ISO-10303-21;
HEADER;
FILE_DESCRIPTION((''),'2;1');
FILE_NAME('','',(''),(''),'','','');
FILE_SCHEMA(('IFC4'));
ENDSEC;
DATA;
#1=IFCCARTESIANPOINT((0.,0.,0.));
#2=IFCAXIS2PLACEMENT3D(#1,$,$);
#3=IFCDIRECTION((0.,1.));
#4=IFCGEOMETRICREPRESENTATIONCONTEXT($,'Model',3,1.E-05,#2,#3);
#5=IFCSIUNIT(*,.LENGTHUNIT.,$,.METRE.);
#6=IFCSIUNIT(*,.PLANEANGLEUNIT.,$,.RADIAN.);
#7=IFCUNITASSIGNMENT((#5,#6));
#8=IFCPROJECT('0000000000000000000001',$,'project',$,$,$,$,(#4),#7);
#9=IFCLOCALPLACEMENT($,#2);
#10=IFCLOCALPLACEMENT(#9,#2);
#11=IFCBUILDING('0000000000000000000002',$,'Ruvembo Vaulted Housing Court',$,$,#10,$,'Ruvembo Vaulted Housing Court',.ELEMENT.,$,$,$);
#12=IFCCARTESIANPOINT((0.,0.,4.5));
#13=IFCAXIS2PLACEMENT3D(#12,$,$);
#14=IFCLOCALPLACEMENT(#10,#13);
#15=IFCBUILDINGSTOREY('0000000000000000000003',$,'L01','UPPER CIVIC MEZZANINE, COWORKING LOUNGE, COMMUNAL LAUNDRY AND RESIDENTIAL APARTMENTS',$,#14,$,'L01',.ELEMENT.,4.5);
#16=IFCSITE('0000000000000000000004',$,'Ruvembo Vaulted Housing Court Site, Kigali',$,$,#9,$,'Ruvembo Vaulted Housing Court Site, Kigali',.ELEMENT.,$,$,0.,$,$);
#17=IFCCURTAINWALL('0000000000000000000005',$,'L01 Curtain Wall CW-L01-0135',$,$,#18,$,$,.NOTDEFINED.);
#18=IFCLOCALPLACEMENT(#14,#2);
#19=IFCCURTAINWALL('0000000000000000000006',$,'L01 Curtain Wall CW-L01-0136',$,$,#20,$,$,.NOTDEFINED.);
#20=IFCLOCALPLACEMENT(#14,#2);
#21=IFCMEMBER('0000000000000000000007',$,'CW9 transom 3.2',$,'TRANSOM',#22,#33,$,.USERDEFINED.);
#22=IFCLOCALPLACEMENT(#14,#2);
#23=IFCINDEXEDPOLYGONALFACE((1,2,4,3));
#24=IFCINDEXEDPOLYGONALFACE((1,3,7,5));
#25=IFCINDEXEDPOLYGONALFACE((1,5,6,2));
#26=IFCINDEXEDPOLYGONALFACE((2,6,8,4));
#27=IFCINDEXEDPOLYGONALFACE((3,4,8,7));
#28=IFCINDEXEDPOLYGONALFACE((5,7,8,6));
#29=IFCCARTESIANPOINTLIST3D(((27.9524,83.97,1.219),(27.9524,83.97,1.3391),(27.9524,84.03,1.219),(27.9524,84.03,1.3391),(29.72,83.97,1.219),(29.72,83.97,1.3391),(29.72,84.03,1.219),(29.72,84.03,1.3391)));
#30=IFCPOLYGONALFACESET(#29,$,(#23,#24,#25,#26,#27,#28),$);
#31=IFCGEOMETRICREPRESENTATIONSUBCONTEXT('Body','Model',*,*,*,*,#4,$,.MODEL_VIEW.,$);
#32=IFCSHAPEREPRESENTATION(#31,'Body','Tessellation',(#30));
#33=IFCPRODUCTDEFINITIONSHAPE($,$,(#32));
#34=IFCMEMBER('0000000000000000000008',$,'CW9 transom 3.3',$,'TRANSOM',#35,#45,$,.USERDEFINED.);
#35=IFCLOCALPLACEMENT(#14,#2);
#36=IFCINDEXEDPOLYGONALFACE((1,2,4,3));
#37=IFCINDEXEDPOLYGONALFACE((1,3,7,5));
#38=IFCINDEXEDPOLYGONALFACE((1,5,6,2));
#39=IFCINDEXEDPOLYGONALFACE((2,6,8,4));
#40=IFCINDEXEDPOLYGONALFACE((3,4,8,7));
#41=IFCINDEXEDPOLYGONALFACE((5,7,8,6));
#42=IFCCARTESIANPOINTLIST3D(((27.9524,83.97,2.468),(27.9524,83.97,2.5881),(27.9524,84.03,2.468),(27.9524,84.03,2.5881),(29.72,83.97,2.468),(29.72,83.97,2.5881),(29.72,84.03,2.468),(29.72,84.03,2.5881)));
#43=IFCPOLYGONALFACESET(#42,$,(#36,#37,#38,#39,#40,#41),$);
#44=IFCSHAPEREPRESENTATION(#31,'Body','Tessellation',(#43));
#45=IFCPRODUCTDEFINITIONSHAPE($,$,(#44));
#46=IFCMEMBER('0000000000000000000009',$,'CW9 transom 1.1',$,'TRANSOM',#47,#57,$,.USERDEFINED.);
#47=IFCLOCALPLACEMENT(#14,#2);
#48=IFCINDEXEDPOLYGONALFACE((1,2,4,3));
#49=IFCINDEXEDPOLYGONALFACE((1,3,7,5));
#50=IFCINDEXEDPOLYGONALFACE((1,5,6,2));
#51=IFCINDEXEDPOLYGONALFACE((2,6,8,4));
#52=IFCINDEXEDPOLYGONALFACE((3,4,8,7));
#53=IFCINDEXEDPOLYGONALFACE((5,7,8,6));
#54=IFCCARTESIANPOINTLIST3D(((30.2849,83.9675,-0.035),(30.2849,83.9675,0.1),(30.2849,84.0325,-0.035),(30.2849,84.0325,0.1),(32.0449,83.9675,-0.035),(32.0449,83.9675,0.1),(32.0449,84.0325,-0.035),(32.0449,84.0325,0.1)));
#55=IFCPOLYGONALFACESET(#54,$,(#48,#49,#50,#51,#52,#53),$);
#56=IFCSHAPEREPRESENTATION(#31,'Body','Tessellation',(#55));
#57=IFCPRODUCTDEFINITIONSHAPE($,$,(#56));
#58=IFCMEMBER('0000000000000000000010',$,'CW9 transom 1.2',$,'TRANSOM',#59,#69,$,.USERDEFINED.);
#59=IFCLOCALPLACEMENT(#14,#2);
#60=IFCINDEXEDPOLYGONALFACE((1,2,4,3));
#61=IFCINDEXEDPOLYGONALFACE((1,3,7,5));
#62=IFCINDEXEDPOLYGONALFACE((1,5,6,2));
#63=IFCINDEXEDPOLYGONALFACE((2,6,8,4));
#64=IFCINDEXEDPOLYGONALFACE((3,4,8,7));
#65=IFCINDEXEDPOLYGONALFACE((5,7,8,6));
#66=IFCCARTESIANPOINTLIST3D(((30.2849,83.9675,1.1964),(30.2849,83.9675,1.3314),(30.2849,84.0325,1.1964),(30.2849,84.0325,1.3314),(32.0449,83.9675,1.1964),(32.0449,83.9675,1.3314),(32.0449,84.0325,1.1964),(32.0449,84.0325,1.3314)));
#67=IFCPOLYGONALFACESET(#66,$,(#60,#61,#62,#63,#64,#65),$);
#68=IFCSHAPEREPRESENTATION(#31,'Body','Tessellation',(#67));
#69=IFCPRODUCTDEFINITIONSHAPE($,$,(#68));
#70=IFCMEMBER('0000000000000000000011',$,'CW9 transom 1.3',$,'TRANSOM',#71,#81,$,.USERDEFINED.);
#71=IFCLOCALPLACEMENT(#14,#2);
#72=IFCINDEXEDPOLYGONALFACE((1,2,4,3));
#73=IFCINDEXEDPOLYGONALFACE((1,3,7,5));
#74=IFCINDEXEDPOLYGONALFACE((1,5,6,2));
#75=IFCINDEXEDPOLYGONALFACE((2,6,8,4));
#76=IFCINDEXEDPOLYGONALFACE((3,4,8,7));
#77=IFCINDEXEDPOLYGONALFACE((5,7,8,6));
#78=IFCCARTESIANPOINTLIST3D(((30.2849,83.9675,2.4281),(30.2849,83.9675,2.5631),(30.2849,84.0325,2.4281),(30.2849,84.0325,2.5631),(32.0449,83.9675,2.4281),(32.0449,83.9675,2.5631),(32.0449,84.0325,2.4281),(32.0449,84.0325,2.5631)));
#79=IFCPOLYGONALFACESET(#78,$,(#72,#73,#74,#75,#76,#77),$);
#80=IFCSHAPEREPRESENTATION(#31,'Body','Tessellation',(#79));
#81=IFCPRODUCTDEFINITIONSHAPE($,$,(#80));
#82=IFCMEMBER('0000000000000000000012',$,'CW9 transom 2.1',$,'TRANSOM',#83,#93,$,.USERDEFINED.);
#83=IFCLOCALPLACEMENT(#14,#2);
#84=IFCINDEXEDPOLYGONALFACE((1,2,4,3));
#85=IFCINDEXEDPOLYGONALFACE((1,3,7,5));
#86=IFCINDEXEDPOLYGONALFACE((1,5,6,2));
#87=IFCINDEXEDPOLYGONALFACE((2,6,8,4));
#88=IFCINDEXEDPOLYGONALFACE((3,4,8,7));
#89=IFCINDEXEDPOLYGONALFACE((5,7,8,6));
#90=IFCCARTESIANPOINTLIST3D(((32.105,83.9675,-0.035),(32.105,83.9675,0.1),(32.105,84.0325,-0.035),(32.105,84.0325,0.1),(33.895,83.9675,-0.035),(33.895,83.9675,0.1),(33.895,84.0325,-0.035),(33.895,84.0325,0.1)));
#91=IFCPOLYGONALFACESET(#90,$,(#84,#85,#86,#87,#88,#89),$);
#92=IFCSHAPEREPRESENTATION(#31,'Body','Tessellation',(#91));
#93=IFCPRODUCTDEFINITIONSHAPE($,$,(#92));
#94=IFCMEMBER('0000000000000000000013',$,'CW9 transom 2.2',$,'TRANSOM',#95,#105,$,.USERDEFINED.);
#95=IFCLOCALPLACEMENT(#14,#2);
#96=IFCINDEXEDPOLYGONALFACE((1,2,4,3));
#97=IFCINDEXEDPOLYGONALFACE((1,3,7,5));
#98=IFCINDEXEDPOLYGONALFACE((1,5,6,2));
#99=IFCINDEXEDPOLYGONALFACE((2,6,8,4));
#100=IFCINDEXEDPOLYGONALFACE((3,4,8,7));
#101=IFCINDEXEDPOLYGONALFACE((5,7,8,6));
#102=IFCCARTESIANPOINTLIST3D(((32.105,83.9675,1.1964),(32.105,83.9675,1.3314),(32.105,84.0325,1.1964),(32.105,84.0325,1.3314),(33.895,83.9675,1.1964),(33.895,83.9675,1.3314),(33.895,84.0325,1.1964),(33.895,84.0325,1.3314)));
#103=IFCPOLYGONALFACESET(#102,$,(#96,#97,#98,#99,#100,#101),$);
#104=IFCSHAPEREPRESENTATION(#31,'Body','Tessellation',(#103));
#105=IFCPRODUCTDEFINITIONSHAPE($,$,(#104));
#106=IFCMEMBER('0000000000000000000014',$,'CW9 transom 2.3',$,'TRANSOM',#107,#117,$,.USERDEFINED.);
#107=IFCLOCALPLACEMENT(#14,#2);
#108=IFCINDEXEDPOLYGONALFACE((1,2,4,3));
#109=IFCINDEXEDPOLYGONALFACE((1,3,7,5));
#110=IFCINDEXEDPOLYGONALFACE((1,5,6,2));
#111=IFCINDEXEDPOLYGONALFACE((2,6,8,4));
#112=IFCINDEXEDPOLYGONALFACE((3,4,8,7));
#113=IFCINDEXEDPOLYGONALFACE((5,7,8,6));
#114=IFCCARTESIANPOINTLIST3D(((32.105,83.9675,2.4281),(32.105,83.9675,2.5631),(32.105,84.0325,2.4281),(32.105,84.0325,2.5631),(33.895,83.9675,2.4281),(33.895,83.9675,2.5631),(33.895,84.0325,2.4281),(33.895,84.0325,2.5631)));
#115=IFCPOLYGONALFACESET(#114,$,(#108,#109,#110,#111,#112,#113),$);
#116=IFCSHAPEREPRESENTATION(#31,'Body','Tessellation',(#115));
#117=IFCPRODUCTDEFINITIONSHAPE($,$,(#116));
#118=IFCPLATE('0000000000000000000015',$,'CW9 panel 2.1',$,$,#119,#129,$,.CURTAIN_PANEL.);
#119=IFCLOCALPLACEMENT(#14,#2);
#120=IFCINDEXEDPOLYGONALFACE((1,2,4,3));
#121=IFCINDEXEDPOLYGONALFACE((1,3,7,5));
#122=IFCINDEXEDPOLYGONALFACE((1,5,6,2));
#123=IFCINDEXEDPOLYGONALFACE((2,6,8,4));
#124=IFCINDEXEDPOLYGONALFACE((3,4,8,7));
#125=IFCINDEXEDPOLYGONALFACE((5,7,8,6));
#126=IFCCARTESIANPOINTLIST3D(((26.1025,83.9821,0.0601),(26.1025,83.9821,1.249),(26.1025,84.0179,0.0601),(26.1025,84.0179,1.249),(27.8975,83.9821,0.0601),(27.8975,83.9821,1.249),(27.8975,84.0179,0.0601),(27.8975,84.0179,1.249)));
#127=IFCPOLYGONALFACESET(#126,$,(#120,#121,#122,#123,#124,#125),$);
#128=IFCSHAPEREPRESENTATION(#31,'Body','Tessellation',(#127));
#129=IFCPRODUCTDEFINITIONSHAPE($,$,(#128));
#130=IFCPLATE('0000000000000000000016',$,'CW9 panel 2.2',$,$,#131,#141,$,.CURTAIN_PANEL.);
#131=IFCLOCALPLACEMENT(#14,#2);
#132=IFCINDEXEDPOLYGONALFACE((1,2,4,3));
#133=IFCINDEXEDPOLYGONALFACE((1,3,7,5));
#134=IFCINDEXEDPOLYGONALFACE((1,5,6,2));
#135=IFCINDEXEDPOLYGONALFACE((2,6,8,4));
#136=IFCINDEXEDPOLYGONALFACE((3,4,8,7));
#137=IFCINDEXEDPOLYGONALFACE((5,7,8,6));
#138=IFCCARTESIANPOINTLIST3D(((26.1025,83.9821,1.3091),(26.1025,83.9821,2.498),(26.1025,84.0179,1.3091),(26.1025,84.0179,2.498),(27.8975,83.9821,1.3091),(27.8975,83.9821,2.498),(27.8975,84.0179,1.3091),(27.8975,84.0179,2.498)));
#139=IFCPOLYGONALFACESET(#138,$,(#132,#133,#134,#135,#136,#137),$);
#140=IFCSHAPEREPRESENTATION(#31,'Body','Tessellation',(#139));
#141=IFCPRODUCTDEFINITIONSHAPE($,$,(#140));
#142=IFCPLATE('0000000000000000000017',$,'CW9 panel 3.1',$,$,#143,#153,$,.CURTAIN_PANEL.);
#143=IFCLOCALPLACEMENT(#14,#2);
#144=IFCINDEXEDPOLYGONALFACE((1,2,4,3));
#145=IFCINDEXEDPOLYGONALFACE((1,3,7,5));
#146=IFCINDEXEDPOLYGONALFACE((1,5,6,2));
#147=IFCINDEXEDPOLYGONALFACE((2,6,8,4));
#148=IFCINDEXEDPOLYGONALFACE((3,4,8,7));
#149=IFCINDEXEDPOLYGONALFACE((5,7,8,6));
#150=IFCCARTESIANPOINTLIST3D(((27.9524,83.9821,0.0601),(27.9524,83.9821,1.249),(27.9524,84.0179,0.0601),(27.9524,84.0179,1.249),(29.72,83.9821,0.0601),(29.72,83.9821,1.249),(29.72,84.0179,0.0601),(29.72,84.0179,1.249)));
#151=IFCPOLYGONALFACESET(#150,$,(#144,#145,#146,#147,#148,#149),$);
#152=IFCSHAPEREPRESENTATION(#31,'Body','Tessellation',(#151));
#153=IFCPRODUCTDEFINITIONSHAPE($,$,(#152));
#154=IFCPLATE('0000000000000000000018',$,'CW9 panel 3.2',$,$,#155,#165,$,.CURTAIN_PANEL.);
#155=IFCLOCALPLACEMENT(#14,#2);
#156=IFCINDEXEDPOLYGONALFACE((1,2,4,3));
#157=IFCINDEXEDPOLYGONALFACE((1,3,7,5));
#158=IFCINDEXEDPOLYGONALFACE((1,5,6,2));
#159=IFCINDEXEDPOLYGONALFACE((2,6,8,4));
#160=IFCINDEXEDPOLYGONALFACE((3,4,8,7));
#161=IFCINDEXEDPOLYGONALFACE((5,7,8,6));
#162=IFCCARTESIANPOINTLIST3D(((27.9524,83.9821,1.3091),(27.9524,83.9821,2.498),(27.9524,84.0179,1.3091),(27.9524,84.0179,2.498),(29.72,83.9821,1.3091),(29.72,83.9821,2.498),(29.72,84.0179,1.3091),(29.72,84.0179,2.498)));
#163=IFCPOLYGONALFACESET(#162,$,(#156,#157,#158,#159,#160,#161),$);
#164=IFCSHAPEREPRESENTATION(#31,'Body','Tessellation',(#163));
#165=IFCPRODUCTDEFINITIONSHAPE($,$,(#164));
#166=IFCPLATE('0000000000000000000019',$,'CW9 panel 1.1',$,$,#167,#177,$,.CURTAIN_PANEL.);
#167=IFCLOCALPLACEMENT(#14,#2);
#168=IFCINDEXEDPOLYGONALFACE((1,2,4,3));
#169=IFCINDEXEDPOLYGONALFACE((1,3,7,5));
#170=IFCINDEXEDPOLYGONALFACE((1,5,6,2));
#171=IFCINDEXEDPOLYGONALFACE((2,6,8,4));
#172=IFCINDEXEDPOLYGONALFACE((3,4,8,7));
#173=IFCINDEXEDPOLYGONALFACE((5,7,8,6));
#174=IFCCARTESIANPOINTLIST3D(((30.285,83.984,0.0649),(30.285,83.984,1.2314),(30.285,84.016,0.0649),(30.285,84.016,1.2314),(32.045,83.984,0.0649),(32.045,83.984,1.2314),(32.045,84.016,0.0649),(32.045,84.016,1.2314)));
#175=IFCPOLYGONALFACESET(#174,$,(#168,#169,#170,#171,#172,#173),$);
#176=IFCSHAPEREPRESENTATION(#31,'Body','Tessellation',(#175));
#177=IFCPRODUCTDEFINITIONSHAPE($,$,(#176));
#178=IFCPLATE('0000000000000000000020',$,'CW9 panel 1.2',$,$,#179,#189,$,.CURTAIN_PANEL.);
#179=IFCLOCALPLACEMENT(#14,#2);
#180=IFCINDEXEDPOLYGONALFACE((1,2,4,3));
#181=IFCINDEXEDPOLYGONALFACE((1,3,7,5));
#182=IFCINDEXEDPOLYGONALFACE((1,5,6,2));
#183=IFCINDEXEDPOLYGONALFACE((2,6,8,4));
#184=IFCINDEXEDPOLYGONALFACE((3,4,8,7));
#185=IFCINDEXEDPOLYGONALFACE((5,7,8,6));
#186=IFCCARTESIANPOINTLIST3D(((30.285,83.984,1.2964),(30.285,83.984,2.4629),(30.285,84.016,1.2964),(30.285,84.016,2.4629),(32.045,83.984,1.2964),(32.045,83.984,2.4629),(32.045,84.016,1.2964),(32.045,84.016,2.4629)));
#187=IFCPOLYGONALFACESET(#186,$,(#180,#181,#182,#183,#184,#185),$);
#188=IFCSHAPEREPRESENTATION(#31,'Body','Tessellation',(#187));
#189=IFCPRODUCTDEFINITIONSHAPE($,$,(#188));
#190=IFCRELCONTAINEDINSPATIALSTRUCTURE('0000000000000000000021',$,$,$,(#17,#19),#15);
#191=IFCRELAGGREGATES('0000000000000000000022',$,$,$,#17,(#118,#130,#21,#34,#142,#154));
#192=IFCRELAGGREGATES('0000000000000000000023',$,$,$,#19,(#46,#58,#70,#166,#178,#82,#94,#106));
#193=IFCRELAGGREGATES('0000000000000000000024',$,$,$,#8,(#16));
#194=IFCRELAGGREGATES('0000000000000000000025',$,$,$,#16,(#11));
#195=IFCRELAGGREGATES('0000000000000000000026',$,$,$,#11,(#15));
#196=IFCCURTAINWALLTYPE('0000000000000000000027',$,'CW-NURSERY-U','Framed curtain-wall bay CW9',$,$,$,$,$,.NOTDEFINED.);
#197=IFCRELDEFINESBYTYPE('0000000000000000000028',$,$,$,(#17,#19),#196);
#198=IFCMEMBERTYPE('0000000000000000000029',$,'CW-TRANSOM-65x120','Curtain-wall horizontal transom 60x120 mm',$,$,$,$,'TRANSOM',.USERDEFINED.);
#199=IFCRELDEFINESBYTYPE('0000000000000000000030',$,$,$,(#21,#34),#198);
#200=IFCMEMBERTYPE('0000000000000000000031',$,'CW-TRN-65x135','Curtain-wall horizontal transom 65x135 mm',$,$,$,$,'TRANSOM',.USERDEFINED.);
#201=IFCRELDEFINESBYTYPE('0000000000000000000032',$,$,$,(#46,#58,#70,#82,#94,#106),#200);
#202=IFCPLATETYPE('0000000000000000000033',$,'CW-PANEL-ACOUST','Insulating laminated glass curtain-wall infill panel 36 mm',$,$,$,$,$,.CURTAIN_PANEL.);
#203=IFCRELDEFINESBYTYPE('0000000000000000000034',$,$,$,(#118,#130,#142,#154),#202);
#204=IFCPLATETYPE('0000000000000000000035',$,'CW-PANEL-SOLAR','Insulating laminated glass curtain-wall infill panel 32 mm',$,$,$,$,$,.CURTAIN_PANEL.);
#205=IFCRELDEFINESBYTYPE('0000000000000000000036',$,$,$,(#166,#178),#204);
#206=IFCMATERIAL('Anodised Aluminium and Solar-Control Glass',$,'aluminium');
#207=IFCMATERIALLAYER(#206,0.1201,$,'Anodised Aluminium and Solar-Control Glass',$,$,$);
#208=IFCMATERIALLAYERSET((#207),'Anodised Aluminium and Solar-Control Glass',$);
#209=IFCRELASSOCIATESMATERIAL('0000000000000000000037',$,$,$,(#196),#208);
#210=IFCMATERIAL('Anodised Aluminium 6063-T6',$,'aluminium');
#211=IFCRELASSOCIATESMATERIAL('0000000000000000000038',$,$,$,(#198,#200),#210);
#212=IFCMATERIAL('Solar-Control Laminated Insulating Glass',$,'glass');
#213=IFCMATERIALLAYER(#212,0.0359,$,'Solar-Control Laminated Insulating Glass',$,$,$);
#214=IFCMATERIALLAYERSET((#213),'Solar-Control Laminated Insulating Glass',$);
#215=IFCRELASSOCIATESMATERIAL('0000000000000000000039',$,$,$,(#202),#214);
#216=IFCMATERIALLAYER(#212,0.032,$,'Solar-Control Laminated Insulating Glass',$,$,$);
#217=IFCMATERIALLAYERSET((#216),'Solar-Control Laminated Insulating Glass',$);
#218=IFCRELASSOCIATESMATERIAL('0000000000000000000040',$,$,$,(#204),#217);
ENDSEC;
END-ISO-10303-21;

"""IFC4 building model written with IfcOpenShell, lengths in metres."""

from ifc_helpers import new_model, si_unit, direction, frame, origin, origin_2d, place, context, subcontext, project, spatial, rectangle, extrude, material, layer, layer_set, material_profile, profile_set, type_object, element, aggregate, save


model = new_model("IFC4")

# Units and contexts
model_context = context("Model", 3, precision=1e-05, world=origin(), true_north=direction((0.0, 1.0)))
body_context = subcontext(model_context, "Body", "Model", "MODEL_VIEW")
ifc_project = project(units=[si_unit("LENGTHUNIT", "METRE"), si_unit("PLANEANGLEUNIT", "RADIAN")], contexts=[model_context])

# Site, building, storey
site_placement = place(None, origin())
site = spatial("IfcSite", under=ifc_project, at=site_placement, Name="Ruvembo Vaulted Housing Court Site, Kigali", LongName="Ruvembo Vaulted Housing Court Site, Kigali", CompositionType="ELEMENT", RefElevation=0.0)
building_placement = place(site_placement, origin())
building = spatial("IfcBuilding", under=site, at=building_placement, Name="Ruvembo Vaulted Housing Court", LongName="Ruvembo Vaulted Housing Court", CompositionType="ELEMENT")
storey_placement = place(building_placement, frame((0.0, 0.0, 4.5)))
storey = spatial("IfcBuildingStorey", under=building, at=storey_placement, Name="L01", Description="UPPER CIVIC MEZZANINE, COWORKING LOUNGE, COMMUNAL LAUNDRY AND RESIDENTIAL APARTMENTS", LongName="L01", CompositionType="ELEMENT", Elevation=4.5)

# Curtain walls
ifc_material_1 = material(Name="Anodised Aluminium and Solar-Control Glass", Category="aluminium")
ifc_layer_1 = layer(ifc_material_1, 0.1201, Name="Anodised Aluminium and Solar-Control Glass")
ifc_layer_set_1 = layer_set([ifc_layer_1], Name="Anodised Aluminium and Solar-Control Glass")
curtain_wall_type = type_object("IfcCurtainWallType", Name="CW-NURSERY-U", Description="Framed curtain-wall bay CW9", PredefinedType="NOTDEFINED", material=ifc_layer_set_1)
curtain_wall_1_placement = place(storey_placement, origin())
curtain_wall_1 = element("IfcCurtainWall", 1, at=curtain_wall_1_placement, inside=storey, type_object=curtain_wall_type, Name="L01 Curtain Wall CW-L01-0135", PredefinedType="NOTDEFINED")
ifc_material_2 = material(Name="Anodised Aluminium 6063-T6", Category="aluminium")
curtain_wall_2_placement = place(storey_placement, origin())
curtain_wall_2 = element("IfcCurtainWall", 2, at=curtain_wall_2_placement, inside=storey, type_object=curtain_wall_type, Name="L01 Curtain Wall CW-L01-0136", PredefinedType="NOTDEFINED")

# Members
ifc_material_profile_1 = material_profile(ifc_material_2, rectangle(XDim=0.0601, YDim=0.1201, at=origin_2d()), Name="ALU 60x120")
ifc_profile_set_1 = profile_set([ifc_material_profile_1], Name="Anodised Aluminium 6063-T6")
member_type_1 = type_object("IfcMemberType", Name="CW-TRANSOM-65x120", Description="Curtain-wall horizontal transom 60x120 mm", ElementType="TRANSOM", PredefinedType="USERDEFINED", material=ifc_profile_set_1)
member_1_placement = place(storey_placement, frame((27.9524, 84.0, 1.2791), z_axis=(1.0, 0.0, 0.0), x_axis=(0.0, 1.0, 0.0)))
member_1 = element("IfcMember", 3, at=member_1_placement, type_object=member_type_1, Name="CW9 transom 3.2", ObjectType="TRANSOM", PredefinedType="USERDEFINED", context=body_context, shape_type="SweptSolid", body=[
    extrude(rectangle(XDim=0.0601, YDim=0.1201, at=origin_2d()), origin(), (0.0, 0.0, 1.0), 1.7676),
])
member_2_placement = place(storey_placement, frame((27.9524, 84.0, 2.5281), z_axis=(1.0, 0.0, 0.0), x_axis=(0.0, 1.0, 0.0)))
member_2 = element("IfcMember", 4, at=member_2_placement, type_object=member_type_1, Name="CW9 transom 3.3", ObjectType="TRANSOM", PredefinedType="USERDEFINED", context=body_context, shape_type="SweptSolid", body=[
    extrude(rectangle(XDim=0.0601, YDim=0.1201, at=origin_2d()), origin(), (0.0, 0.0, 1.0), 1.7676),
])
ifc_material_profile_2 = material_profile(ifc_material_2, rectangle(XDim=0.0649, YDim=0.135, at=origin_2d()), Name="ALU 65x135")
ifc_profile_set_2 = profile_set([ifc_material_profile_2], Name="Anodised Aluminium 6063-T6")
member_type_2 = type_object("IfcMemberType", Name="CW-TRN-65x135", Description="Curtain-wall horizontal transom 65x135 mm", ElementType="TRANSOM", PredefinedType="USERDEFINED", material=ifc_profile_set_2)
member_3_placement = place(storey_placement, frame((30.2849, 84.0, 0.0325), z_axis=(1.0, 0.0, 0.0), x_axis=(0.0, 1.0, 0.0)))
member_3 = element("IfcMember", 5, at=member_3_placement, type_object=member_type_2, Name="CW9 transom 1.1", ObjectType="TRANSOM", PredefinedType="USERDEFINED", context=body_context, shape_type="SweptSolid", body=[
    extrude(rectangle(XDim=0.0649, YDim=0.135, at=origin_2d()), origin(), (0.0, 0.0, 1.0), 1.76),
])
member_4_placement = place(storey_placement, frame((30.2849, 84.0, 1.2639), z_axis=(1.0, 0.0, 0.0), x_axis=(0.0, 1.0, 0.0)))
member_4 = element("IfcMember", 6, at=member_4_placement, type_object=member_type_2, Name="CW9 transom 1.2", ObjectType="TRANSOM", PredefinedType="USERDEFINED", context=body_context, shape_type="SweptSolid", body=[
    extrude(rectangle(XDim=0.0649, YDim=0.135, at=origin_2d()), origin(), (0.0, 0.0, 1.0), 1.76),
])
member_5_placement = place(storey_placement, frame((30.2849, 84.0, 2.4956), z_axis=(1.0, 0.0, 0.0), x_axis=(0.0, 1.0, 0.0)))
member_5 = element("IfcMember", 7, at=member_5_placement, type_object=member_type_2, Name="CW9 transom 1.3", ObjectType="TRANSOM", PredefinedType="USERDEFINED", context=body_context, shape_type="SweptSolid", body=[
    extrude(rectangle(XDim=0.0649, YDim=0.135, at=origin_2d()), origin(), (0.0, 0.0, 1.0), 1.76),
])
member_6_placement = place(storey_placement, frame((32.105, 84.0, 0.0325), z_axis=(1.0, 0.0, 0.0), x_axis=(0.0, 1.0, 0.0)))
member_6 = element("IfcMember", 8, at=member_6_placement, type_object=member_type_2, Name="CW9 transom 2.1", ObjectType="TRANSOM", PredefinedType="USERDEFINED", context=body_context, shape_type="SweptSolid", body=[
    extrude(rectangle(XDim=0.0649, YDim=0.135, at=origin_2d()), origin(), (0.0, 0.0, 1.0), 1.79),
])
member_7_placement = place(storey_placement, frame((32.105, 84.0, 1.2639), z_axis=(1.0, 0.0, 0.0), x_axis=(0.0, 1.0, 0.0)))
member_7 = element("IfcMember", 9, at=member_7_placement, type_object=member_type_2, Name="CW9 transom 2.2", ObjectType="TRANSOM", PredefinedType="USERDEFINED", context=body_context, shape_type="SweptSolid", body=[
    extrude(rectangle(XDim=0.0649, YDim=0.135, at=origin_2d()), origin(), (0.0, 0.0, 1.0), 1.79),
])
member_8_placement = place(storey_placement, frame((32.105, 84.0, 2.4956), z_axis=(1.0, 0.0, 0.0), x_axis=(0.0, 1.0, 0.0)))
member_8 = element("IfcMember", 10, at=member_8_placement, type_object=member_type_2, Name="CW9 transom 2.3", ObjectType="TRANSOM", PredefinedType="USERDEFINED", context=body_context, shape_type="SweptSolid", body=[
    extrude(rectangle(XDim=0.0649, YDim=0.135, at=origin_2d()), origin(), (0.0, 0.0, 1.0), 1.79),
])

# Plates
ifc_material_3 = material(Name="Solar-Control Laminated Insulating Glass", Category="glass")
ifc_layer_2 = layer(ifc_material_3, 0.0359, Name="Solar-Control Laminated Insulating Glass")
ifc_layer_set_2 = layer_set([ifc_layer_2], Name="Solar-Control Laminated Insulating Glass")
plate_type_1 = type_object("IfcPlateType", Name="CW-PANEL-ACOUST", Description="Insulating laminated glass curtain-wall infill panel 36 mm", PredefinedType="CURTAIN_PANEL", material=ifc_layer_set_2)
plate_1_placement = place(storey_placement, frame((27.0, 84.0, 0.0601), z_axis=(0.0, 0.0, 1.0), x_axis=(1.0, 0.0, 0.0)))
plate_1 = element("IfcPlate", 11, at=plate_1_placement, type_object=plate_type_1, Name="CW9 panel 2.1", PredefinedType="CURTAIN_PANEL", context=body_context, shape_type="SweptSolid", body=[
    extrude(rectangle(XDim=1.7949, YDim=0.0359, at=origin_2d()), origin(), (0.0, 0.0, 1.0), 1.189),
])
plate_2_placement = place(storey_placement, frame((27.0, 84.0, 1.3091), z_axis=(0.0, 0.0, 1.0), x_axis=(1.0, 0.0, 0.0)))
plate_2 = element("IfcPlate", 12, at=plate_2_placement, type_object=plate_type_1, Name="CW9 panel 2.2", PredefinedType="CURTAIN_PANEL", context=body_context, shape_type="SweptSolid", body=[
    extrude(rectangle(XDim=1.7949, YDim=0.0359, at=origin_2d()), origin(), (0.0, 0.0, 1.0), 1.189),
])
plate_3_placement = place(storey_placement, frame((28.8362, 84.0, 0.0601), z_axis=(0.0, 0.0, 1.0), x_axis=(1.0, 0.0, 0.0)))
plate_3 = element("IfcPlate", 13, at=plate_3_placement, type_object=plate_type_1, Name="CW9 panel 3.1", PredefinedType="CURTAIN_PANEL", context=body_context, shape_type="SweptSolid", body=[
    extrude(rectangle(XDim=1.7676, YDim=0.0359, at=origin_2d()), origin(), (0.0, 0.0, 1.0), 1.189),
])
plate_4_placement = place(storey_placement, frame((28.8362, 84.0, 1.3091), z_axis=(0.0, 0.0, 1.0), x_axis=(1.0, 0.0, 0.0)))
plate_4 = element("IfcPlate", 14, at=plate_4_placement, type_object=plate_type_1, Name="CW9 panel 3.2", PredefinedType="CURTAIN_PANEL", context=body_context, shape_type="SweptSolid", body=[
    extrude(rectangle(XDim=1.7676, YDim=0.0359, at=origin_2d()), origin(), (0.0, 0.0, 1.0), 1.189),
])
aggregate(curtain_wall_1, [plate_1, plate_2, member_1, member_2, plate_3, plate_4])
ifc_layer_3 = layer(ifc_material_3, 0.032, Name="Solar-Control Laminated Insulating Glass")
ifc_layer_set_3 = layer_set([ifc_layer_3], Name="Solar-Control Laminated Insulating Glass")
plate_type_2 = type_object("IfcPlateType", Name="CW-PANEL-SOLAR", Description="Insulating laminated glass curtain-wall infill panel 32 mm", PredefinedType="CURTAIN_PANEL", material=ifc_layer_set_3)
plate_5_placement = place(storey_placement, frame((31.165, 84.0, 0.0649), z_axis=(0.0, 0.0, 1.0), x_axis=(1.0, 0.0, 0.0)))
plate_5 = element("IfcPlate", 15, at=plate_5_placement, type_object=plate_type_2, Name="CW9 panel 1.1", PredefinedType="CURTAIN_PANEL", context=body_context, shape_type="SweptSolid", body=[
    extrude(rectangle(XDim=1.76, YDim=0.032, at=origin_2d()), origin(), (0.0, 0.0, 1.0), 1.1665),
])
plate_6_placement = place(storey_placement, frame((31.165, 84.0, 1.2964), z_axis=(0.0, 0.0, 1.0), x_axis=(1.0, 0.0, 0.0)))
plate_6 = element("IfcPlate", 16, at=plate_6_placement, type_object=plate_type_2, Name="CW9 panel 1.2", PredefinedType="CURTAIN_PANEL", context=body_context, shape_type="SweptSolid", body=[
    extrude(rectangle(XDim=1.76, YDim=0.032, at=origin_2d()), origin(), (0.0, 0.0, 1.0), 1.1665),
])
aggregate(curtain_wall_2, [member_3, member_4, member_5, plate_5, plate_6, member_6, member_7, member_8])

save(model, "model.ifc")
